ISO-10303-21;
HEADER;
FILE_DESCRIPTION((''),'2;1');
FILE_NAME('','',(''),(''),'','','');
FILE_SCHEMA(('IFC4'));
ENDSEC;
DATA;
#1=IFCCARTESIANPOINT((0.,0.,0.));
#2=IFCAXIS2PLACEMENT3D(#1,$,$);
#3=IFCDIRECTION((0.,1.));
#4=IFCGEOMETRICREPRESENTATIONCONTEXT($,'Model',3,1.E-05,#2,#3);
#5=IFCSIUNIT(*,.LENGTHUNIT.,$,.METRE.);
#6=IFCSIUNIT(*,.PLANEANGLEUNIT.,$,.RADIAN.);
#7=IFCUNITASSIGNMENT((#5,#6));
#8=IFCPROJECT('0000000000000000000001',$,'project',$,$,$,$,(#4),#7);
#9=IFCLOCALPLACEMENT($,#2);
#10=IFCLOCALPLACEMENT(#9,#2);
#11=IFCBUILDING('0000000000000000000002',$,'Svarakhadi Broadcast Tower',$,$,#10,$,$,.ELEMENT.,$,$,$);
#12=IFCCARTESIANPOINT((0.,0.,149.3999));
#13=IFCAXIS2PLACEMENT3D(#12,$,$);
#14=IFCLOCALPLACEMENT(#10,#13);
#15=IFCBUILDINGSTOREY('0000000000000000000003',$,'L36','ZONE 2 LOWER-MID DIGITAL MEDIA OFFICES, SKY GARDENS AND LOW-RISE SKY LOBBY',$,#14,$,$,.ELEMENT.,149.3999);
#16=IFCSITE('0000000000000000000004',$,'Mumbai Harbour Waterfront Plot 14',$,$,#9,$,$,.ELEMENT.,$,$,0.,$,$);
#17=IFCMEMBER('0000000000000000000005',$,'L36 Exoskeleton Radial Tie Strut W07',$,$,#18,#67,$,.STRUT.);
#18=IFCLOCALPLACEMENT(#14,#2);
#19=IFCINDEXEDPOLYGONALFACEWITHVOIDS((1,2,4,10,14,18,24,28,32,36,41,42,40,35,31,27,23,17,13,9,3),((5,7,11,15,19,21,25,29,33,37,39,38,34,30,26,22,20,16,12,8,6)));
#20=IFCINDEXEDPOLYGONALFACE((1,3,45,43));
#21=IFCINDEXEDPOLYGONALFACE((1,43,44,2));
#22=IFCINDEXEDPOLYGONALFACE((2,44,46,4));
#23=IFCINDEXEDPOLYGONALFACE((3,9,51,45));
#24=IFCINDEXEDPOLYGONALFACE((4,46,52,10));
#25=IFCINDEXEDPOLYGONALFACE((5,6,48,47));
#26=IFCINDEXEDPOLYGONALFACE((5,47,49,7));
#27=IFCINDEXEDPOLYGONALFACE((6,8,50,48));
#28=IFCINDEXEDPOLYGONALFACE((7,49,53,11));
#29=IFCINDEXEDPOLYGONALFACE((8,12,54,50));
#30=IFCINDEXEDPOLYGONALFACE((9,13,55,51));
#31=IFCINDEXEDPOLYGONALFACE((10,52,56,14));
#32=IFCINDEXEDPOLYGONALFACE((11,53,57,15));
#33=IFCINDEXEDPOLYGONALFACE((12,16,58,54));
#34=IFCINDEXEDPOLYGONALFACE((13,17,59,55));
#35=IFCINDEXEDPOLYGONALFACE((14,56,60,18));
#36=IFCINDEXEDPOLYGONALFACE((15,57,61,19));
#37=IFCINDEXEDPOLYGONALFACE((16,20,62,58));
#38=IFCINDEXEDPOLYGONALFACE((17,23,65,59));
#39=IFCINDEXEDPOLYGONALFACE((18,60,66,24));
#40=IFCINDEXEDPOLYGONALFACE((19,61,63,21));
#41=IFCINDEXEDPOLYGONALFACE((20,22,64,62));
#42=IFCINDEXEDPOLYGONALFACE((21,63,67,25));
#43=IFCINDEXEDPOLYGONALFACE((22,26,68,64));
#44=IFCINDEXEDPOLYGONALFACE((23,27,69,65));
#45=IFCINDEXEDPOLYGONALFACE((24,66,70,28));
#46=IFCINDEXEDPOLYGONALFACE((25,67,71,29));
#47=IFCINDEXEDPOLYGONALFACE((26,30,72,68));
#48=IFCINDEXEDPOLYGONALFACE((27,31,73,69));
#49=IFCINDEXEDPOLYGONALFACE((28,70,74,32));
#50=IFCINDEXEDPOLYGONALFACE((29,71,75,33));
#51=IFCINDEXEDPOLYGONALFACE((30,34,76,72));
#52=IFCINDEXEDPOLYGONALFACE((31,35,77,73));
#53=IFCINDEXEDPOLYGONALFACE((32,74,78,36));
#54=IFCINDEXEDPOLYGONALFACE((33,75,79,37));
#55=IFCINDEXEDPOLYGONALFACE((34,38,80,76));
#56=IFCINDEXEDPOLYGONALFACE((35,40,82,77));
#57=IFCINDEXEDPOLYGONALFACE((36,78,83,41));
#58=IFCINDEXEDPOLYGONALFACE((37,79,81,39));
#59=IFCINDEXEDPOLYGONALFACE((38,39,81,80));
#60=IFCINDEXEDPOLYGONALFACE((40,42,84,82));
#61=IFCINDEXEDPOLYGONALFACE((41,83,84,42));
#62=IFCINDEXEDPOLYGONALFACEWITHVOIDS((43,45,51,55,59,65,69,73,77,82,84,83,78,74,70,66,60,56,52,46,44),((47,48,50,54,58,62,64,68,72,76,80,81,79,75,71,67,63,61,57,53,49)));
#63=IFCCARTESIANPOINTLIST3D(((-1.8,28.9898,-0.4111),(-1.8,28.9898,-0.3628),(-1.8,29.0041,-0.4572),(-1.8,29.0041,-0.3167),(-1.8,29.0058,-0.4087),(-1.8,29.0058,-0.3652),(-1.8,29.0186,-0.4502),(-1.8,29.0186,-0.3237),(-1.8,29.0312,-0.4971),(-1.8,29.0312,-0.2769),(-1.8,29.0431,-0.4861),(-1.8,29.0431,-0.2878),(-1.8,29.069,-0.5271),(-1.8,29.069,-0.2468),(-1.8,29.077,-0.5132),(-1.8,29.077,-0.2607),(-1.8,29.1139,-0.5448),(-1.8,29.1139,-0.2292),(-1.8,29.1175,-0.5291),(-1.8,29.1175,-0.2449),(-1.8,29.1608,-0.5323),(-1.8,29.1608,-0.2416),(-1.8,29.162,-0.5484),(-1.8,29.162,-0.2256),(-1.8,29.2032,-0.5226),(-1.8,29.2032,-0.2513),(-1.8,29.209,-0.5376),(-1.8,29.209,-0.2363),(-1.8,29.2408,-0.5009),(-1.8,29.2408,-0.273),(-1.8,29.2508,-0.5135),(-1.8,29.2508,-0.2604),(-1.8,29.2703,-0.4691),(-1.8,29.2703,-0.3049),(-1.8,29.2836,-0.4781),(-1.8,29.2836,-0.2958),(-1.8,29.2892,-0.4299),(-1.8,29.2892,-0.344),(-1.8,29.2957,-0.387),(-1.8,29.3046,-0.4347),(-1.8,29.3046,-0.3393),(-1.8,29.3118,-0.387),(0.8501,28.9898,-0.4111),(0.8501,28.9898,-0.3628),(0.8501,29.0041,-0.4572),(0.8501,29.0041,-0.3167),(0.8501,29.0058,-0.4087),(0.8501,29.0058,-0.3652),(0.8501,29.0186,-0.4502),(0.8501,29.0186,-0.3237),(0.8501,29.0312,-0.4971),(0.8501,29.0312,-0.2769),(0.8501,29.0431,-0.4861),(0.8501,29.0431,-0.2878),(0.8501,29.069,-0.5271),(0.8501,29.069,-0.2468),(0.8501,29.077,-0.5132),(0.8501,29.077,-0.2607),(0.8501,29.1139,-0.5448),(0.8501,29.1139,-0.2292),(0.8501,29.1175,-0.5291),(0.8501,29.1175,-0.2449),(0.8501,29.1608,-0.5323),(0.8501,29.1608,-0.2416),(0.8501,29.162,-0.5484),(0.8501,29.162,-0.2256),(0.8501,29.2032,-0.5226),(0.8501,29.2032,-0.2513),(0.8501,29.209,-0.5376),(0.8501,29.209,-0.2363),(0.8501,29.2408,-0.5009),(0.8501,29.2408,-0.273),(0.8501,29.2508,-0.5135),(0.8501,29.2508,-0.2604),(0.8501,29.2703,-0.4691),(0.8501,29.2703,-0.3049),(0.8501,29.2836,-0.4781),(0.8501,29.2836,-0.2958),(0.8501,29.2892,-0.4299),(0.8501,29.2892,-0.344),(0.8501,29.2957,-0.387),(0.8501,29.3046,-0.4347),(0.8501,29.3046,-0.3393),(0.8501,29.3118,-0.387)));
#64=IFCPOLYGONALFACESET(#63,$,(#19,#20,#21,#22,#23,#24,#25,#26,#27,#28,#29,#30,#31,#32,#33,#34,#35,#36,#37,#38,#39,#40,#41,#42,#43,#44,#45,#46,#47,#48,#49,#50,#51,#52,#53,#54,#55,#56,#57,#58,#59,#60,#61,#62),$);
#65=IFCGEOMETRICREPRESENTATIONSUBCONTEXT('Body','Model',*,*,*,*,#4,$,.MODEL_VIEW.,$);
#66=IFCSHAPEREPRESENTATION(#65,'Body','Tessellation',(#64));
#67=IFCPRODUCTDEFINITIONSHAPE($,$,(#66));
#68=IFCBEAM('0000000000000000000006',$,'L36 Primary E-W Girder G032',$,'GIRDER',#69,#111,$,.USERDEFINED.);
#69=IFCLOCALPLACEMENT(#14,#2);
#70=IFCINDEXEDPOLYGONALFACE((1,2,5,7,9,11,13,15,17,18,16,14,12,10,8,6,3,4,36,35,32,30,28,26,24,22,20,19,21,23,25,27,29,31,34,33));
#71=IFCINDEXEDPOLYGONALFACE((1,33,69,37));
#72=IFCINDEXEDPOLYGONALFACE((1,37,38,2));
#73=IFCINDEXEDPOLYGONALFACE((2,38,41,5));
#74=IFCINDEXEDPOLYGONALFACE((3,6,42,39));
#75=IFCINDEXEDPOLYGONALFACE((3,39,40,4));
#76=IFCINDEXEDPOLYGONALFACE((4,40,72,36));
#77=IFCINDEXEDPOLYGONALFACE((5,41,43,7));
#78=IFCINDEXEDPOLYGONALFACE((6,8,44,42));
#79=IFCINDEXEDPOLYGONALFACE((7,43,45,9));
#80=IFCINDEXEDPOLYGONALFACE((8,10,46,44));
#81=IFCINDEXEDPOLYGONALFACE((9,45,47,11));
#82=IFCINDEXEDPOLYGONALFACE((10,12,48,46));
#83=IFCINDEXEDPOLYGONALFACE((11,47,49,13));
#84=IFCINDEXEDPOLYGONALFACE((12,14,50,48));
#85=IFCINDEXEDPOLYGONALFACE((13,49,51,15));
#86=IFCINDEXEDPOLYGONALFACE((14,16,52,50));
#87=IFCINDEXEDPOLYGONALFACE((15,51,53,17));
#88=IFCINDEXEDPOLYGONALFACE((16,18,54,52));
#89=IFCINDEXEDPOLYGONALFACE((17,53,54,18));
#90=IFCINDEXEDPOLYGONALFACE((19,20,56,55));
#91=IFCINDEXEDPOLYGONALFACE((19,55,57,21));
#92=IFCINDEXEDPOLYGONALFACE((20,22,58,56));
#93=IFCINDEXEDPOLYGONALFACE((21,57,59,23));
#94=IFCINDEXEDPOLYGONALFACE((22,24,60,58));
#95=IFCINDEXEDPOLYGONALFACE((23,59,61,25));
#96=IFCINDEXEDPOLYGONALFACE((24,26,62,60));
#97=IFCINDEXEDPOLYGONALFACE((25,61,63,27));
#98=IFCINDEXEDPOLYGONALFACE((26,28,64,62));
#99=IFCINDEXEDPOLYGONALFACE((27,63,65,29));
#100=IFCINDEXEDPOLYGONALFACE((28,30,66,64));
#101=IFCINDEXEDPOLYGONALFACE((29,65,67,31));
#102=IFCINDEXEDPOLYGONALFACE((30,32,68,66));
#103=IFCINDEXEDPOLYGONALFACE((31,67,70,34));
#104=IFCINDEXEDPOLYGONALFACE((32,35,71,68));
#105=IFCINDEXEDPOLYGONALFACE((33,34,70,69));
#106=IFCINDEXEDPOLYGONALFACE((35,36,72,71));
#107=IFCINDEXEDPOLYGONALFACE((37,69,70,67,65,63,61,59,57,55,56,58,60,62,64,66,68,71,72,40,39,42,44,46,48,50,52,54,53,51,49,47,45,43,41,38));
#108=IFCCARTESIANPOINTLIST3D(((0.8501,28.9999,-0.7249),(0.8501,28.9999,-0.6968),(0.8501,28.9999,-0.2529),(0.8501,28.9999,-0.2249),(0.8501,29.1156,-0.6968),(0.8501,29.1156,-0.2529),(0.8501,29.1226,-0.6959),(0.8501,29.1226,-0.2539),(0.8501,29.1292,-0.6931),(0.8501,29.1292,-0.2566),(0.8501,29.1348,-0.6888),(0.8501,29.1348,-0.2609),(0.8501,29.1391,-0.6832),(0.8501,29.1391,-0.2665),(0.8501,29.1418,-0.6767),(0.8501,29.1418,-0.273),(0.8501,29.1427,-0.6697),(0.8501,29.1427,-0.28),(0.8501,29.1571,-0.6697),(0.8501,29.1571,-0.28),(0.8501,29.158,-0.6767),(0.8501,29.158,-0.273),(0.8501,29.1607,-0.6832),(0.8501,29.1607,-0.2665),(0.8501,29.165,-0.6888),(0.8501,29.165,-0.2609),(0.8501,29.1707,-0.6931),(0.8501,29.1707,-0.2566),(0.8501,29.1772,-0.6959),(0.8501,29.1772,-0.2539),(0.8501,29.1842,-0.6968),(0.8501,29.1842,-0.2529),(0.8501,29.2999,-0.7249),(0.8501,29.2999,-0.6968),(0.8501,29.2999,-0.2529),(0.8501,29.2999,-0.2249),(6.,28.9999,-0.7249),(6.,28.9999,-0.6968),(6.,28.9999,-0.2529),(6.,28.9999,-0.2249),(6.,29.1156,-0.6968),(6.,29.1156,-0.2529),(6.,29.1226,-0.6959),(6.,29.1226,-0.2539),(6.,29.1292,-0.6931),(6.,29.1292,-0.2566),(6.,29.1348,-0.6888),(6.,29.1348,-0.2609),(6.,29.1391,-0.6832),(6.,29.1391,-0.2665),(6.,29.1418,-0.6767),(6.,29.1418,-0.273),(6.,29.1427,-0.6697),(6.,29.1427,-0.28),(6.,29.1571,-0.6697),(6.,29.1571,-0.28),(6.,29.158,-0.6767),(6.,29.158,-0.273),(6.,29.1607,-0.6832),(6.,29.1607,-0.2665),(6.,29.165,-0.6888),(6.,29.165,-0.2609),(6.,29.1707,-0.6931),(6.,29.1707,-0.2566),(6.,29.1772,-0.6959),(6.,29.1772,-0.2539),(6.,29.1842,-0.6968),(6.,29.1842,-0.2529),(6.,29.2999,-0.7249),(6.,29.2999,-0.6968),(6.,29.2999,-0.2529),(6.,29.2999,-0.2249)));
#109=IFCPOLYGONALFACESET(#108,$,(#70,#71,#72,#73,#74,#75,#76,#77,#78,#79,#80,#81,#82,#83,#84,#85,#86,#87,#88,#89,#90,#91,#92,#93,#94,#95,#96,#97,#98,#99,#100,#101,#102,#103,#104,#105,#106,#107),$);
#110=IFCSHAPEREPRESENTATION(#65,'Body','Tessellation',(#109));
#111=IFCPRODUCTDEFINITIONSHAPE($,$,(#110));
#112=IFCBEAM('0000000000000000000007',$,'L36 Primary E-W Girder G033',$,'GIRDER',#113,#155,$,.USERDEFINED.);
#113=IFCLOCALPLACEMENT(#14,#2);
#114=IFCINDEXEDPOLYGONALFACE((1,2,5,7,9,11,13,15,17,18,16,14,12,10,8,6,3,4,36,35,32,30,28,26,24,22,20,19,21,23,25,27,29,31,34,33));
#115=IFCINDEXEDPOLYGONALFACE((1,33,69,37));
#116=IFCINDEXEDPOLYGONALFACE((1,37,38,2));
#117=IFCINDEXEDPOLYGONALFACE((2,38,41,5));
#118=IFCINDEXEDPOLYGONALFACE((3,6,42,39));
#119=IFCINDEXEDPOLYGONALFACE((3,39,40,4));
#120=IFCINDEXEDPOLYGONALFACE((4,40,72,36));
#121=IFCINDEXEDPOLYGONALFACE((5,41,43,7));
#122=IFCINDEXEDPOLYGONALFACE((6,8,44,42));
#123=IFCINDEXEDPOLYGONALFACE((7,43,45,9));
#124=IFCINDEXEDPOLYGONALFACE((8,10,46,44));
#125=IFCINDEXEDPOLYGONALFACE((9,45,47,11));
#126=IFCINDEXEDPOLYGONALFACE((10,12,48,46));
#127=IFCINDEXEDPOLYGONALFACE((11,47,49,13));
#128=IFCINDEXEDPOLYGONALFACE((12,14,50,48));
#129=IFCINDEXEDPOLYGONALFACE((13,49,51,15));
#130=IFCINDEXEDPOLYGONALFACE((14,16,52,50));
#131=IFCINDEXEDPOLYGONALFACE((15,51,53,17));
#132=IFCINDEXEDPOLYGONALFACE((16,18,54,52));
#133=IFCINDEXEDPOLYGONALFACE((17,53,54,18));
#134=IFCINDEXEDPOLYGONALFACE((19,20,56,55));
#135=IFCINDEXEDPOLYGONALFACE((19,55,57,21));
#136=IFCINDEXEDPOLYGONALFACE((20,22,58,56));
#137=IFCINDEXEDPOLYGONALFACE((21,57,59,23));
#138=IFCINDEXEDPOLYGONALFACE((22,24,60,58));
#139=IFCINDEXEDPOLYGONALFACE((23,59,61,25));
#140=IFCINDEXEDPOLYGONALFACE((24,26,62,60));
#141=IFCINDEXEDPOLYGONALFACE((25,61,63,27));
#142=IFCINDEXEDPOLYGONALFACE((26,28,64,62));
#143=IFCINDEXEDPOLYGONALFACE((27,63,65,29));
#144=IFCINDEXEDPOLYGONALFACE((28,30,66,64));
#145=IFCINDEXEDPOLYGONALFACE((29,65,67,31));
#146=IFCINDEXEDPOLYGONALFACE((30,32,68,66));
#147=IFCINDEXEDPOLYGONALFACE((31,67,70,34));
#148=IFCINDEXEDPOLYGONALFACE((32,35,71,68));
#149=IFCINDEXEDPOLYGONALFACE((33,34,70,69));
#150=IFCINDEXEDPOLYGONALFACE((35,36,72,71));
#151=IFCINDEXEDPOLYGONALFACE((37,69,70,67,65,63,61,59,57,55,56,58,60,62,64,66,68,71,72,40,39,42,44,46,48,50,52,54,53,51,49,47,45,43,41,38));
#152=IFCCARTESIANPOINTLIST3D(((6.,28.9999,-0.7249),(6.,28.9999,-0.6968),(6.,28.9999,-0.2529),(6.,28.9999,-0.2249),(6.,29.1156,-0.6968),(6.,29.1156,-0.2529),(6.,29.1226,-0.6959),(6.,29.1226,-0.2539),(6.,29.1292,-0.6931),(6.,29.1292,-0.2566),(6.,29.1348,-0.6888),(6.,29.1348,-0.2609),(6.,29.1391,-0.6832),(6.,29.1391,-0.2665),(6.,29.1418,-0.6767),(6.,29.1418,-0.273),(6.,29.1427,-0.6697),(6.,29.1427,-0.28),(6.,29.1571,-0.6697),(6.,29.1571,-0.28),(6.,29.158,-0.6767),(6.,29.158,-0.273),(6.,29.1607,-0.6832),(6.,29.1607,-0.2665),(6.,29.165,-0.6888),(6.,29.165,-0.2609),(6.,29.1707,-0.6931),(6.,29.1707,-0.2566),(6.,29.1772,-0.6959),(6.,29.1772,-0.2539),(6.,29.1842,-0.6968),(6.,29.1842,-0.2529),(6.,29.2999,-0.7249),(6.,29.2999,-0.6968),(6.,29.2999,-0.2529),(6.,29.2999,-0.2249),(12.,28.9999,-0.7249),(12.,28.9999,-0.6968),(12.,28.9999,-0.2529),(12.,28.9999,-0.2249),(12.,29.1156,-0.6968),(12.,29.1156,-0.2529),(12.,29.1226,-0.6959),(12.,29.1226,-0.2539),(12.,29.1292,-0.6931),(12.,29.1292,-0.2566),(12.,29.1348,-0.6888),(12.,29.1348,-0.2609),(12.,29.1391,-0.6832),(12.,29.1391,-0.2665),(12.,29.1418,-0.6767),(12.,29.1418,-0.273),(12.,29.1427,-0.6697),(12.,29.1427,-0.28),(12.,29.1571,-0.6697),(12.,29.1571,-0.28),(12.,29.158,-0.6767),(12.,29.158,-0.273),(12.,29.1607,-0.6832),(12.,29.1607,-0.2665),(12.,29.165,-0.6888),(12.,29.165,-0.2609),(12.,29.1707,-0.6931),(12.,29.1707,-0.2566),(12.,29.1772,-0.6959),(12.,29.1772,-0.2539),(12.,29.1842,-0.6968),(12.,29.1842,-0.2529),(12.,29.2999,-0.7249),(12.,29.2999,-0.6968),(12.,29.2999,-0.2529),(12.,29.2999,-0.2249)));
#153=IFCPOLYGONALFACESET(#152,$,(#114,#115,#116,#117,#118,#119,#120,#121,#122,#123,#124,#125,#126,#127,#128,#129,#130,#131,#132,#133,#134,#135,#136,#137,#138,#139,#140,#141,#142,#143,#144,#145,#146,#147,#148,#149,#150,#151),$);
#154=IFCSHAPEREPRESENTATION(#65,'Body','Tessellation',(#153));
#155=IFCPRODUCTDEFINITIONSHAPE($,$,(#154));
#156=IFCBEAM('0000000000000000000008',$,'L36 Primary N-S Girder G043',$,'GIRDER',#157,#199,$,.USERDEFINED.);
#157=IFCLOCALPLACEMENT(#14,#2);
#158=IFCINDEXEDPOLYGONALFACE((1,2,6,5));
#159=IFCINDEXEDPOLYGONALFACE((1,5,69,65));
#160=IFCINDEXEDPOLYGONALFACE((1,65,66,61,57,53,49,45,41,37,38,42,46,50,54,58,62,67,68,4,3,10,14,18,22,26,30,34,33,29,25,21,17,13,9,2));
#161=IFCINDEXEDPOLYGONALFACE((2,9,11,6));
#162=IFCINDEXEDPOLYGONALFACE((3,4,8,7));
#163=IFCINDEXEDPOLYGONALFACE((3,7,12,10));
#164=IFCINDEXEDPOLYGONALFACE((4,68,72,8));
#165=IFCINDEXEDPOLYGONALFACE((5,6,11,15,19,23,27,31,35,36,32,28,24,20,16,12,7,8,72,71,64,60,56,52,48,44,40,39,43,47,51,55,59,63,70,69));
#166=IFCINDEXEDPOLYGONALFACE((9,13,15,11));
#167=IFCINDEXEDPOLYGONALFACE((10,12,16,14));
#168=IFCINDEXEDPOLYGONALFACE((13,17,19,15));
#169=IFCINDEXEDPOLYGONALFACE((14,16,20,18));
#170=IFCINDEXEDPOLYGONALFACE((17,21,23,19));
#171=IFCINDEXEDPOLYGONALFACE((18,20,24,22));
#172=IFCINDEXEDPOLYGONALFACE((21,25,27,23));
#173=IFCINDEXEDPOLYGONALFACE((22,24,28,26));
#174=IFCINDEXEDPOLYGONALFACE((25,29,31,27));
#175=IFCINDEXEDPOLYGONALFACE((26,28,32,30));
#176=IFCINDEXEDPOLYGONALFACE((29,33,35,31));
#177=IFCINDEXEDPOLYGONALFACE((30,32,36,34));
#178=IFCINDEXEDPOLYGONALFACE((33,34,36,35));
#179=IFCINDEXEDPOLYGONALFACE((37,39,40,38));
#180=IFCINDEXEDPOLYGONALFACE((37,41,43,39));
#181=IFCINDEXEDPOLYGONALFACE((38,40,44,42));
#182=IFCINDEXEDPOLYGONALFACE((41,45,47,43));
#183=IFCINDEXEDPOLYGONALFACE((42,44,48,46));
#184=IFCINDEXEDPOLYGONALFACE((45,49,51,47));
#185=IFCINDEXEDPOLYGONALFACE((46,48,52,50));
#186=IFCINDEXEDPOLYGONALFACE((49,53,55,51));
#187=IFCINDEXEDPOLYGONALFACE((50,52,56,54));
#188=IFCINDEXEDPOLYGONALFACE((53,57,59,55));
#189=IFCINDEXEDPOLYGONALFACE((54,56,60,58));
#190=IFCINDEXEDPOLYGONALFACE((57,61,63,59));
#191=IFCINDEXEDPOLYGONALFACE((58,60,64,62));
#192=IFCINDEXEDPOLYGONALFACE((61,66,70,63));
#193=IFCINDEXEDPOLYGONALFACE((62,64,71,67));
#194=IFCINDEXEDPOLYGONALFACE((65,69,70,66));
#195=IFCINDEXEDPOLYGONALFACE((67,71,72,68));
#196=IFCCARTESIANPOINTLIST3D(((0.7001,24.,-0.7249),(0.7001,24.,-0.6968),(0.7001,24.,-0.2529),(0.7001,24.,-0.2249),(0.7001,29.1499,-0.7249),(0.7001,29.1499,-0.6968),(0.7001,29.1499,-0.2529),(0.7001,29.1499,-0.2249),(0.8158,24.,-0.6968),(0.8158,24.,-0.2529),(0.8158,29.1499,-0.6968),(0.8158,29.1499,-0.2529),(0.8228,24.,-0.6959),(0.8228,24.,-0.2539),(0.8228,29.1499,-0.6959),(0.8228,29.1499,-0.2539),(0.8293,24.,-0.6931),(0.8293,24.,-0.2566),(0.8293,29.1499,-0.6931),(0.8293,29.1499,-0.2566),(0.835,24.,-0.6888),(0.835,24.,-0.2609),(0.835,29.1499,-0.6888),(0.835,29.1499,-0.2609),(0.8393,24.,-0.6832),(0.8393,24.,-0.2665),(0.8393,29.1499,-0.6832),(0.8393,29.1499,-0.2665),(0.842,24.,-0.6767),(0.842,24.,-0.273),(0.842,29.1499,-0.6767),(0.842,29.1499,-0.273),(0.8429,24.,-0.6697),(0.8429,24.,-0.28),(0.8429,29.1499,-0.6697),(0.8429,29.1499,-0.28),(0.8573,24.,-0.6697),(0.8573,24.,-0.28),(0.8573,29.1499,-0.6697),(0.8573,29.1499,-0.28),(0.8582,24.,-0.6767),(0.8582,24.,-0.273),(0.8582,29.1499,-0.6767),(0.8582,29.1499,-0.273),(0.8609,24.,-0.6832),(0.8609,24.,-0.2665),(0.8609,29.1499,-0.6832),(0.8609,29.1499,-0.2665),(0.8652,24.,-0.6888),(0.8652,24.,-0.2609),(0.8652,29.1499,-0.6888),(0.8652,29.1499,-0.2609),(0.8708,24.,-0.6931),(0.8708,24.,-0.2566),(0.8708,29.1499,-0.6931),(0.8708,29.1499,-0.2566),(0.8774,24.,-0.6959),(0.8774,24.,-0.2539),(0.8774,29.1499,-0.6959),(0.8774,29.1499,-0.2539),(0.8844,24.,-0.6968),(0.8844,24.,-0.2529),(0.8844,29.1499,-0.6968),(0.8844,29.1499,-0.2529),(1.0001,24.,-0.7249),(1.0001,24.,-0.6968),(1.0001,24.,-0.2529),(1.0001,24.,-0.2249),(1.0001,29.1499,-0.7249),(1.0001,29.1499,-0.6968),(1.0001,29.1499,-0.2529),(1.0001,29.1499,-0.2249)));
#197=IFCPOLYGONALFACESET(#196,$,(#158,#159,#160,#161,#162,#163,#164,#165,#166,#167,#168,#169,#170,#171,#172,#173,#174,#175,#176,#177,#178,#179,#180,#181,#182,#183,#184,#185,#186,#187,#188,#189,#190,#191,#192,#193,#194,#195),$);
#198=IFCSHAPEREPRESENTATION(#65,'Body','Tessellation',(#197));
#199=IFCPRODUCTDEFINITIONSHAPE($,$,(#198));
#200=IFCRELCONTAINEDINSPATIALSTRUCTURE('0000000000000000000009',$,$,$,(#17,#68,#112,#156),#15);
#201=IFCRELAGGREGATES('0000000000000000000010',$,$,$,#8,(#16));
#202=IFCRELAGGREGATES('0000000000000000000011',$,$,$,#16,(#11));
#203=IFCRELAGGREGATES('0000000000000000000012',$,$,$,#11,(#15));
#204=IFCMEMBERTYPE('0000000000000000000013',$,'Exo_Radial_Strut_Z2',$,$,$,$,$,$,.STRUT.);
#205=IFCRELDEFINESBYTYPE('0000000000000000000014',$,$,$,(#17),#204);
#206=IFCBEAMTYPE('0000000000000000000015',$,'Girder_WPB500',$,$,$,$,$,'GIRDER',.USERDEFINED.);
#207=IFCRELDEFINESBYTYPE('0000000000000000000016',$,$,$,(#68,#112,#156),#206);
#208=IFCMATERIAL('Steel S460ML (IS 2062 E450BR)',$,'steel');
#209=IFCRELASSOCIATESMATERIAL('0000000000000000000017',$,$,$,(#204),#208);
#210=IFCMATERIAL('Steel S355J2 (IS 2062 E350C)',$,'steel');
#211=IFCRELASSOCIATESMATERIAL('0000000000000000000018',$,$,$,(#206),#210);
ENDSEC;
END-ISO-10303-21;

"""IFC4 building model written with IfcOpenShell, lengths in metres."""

from ifc_helpers import new_model, si_unit, direction, frame, origin, origin_2d, place, context, subcontext, project, spatial, hollow_circle, i_section, extrude, material, material_profile, profile_set, type_object, element, save


model = new_model("IFC4")

# Units and contexts
model_context = context("Model", 3, precision=1e-05, world=origin(), true_north=direction((0.0, 1.0)))
body_context = subcontext(model_context, "Body", "Model", "MODEL_VIEW")
ifc_project = project(units=[si_unit("LENGTHUNIT", "METRE"), si_unit("PLANEANGLEUNIT", "RADIAN")], contexts=[model_context])

# Site, building, storey
site_placement = place(None, origin())
site = spatial("IfcSite", under=ifc_project, at=site_placement, Name="Mumbai Harbour Waterfront Plot 14", CompositionType="ELEMENT", RefElevation=0.0)
building_placement = place(site_placement, origin())
building = spatial("IfcBuilding", under=site, at=building_placement, Name="Svarakhadi Broadcast Tower", CompositionType="ELEMENT")
storey_placement = place(building_placement, frame((0.0, 0.0, 149.3999)))
storey = spatial("IfcBuildingStorey", under=building, at=storey_placement, Name="L36", Description="ZONE 2 LOWER-MID DIGITAL MEDIA OFFICES, SKY GARDENS AND LOW-RISE SKY LOBBY", CompositionType="ELEMENT", Elevation=149.3999)

# Shared definitions
ifc_material_1 = material(Name="Steel S460ML (IS 2062 E450BR)", Category="steel")

# Shared definitions
ifc_material_2 = material(Name="Steel S355J2 (IS 2062 E350C)", Category="steel")

# Member
ifc_material_profile_1 = material_profile(ifc_material_1, hollow_circle(Radius=0.1619, WallThickness=0.0161, at=origin_2d()), Name="CHS 323.9x16")
ifc_profile_set_1 = profile_set([ifc_material_profile_1], Name="Steel S460ML (IS 2062 E450BR)")
member_type_1 = type_object("IfcMemberType", Name="Exo_Radial_Strut_Z2", PredefinedType="STRUT", material=ifc_profile_set_1)
member_1_placement = place(storey_placement, frame((-1.8, 29.1499, -0.387), z_axis=(1.0, 0.0, 0.0), x_axis=(0.0, 1.0, 0.0)))
element("IfcMember", 1, at=member_1_placement, inside=storey, type_object=member_type_1, Name="L36 Exoskeleton Radial Tie Strut W07", PredefinedType="STRUT", context=body_context, shape_type="SweptSolid", body=[
    extrude(hollow_circle(Radius=0.1619, WallThickness=0.0161, at=origin_2d()), origin(), (0.0, 0.0, 1.0), 2.6501),
])

# Beams
ifc_material_profile_2 = material_profile(ifc_material_2, i_section(OverallWidth=0.3, OverallDepth=0.5, WebThickness=0.0144, FlangeThickness=0.0281, FilletRadius=0.0271, at=origin_2d()), Name="WPB 500x300x187")
ifc_profile_set_2 = profile_set([ifc_material_profile_2], Name="Steel S355J2 (IS 2062 E350C)")
beam_type_1 = type_object("IfcBeamType", Name="Girder_WPB500", ElementType="GIRDER", PredefinedType="USERDEFINED", material=ifc_profile_set_2)
beam_1_placement = place(storey_placement, frame((0.8501, 29.1499, -0.4749), z_axis=(1.0, 0.0, 0.0), x_axis=(0.0, 1.0, 0.0)))
element("IfcBeam", 2, at=beam_1_placement, inside=storey, type_object=beam_type_1, Name="L36 Primary E-W Girder G032", ObjectType="GIRDER", PredefinedType="USERDEFINED", context=body_context, shape_type="SweptSolid", body=[
    extrude(i_section(OverallWidth=0.3, OverallDepth=0.5, WebThickness=0.0144, FlangeThickness=0.0281, FilletRadius=0.0271, at=origin_2d()), origin(), (0.0, 0.0, 1.0), 5.1499),
])
beam_2_placement = place(storey_placement, frame((6.0, 29.1499, -0.4749), z_axis=(1.0, 0.0, 0.0), x_axis=(0.0, 1.0, 0.0)))
element("IfcBeam", 3, at=beam_2_placement, inside=storey, type_object=beam_type_1, Name="L36 Primary E-W Girder G033", ObjectType="GIRDER", PredefinedType="USERDEFINED", context=body_context, shape_type="SweptSolid", body=[
    extrude(i_section(OverallWidth=0.3, OverallDepth=0.5, WebThickness=0.0144, FlangeThickness=0.0281, FilletRadius=0.0271, at=origin_2d()), origin(), (0.0, 0.0, 1.0), 6.0),
])
beam_3_placement = place(storey_placement, frame((0.8501, 24.0, -0.4749), z_axis=(0.0, 1.0, 0.0), x_axis=(-1.0, 0.0, 0.0)))
element("IfcBeam", 4, at=beam_3_placement, inside=storey, type_object=beam_type_1, Name="L36 Primary N-S Girder G043", ObjectType="GIRDER", PredefinedType="USERDEFINED", context=body_context, shape_type="SweptSolid", body=[
    extrude(i_section(OverallWidth=0.3, OverallDepth=0.5, WebThickness=0.0144, FlangeThickness=0.0281, FilletRadius=0.0271, at=origin_2d()), origin(), (0.0, 0.0, 1.0), 5.1499),
])

save(model, "model.ifc")
